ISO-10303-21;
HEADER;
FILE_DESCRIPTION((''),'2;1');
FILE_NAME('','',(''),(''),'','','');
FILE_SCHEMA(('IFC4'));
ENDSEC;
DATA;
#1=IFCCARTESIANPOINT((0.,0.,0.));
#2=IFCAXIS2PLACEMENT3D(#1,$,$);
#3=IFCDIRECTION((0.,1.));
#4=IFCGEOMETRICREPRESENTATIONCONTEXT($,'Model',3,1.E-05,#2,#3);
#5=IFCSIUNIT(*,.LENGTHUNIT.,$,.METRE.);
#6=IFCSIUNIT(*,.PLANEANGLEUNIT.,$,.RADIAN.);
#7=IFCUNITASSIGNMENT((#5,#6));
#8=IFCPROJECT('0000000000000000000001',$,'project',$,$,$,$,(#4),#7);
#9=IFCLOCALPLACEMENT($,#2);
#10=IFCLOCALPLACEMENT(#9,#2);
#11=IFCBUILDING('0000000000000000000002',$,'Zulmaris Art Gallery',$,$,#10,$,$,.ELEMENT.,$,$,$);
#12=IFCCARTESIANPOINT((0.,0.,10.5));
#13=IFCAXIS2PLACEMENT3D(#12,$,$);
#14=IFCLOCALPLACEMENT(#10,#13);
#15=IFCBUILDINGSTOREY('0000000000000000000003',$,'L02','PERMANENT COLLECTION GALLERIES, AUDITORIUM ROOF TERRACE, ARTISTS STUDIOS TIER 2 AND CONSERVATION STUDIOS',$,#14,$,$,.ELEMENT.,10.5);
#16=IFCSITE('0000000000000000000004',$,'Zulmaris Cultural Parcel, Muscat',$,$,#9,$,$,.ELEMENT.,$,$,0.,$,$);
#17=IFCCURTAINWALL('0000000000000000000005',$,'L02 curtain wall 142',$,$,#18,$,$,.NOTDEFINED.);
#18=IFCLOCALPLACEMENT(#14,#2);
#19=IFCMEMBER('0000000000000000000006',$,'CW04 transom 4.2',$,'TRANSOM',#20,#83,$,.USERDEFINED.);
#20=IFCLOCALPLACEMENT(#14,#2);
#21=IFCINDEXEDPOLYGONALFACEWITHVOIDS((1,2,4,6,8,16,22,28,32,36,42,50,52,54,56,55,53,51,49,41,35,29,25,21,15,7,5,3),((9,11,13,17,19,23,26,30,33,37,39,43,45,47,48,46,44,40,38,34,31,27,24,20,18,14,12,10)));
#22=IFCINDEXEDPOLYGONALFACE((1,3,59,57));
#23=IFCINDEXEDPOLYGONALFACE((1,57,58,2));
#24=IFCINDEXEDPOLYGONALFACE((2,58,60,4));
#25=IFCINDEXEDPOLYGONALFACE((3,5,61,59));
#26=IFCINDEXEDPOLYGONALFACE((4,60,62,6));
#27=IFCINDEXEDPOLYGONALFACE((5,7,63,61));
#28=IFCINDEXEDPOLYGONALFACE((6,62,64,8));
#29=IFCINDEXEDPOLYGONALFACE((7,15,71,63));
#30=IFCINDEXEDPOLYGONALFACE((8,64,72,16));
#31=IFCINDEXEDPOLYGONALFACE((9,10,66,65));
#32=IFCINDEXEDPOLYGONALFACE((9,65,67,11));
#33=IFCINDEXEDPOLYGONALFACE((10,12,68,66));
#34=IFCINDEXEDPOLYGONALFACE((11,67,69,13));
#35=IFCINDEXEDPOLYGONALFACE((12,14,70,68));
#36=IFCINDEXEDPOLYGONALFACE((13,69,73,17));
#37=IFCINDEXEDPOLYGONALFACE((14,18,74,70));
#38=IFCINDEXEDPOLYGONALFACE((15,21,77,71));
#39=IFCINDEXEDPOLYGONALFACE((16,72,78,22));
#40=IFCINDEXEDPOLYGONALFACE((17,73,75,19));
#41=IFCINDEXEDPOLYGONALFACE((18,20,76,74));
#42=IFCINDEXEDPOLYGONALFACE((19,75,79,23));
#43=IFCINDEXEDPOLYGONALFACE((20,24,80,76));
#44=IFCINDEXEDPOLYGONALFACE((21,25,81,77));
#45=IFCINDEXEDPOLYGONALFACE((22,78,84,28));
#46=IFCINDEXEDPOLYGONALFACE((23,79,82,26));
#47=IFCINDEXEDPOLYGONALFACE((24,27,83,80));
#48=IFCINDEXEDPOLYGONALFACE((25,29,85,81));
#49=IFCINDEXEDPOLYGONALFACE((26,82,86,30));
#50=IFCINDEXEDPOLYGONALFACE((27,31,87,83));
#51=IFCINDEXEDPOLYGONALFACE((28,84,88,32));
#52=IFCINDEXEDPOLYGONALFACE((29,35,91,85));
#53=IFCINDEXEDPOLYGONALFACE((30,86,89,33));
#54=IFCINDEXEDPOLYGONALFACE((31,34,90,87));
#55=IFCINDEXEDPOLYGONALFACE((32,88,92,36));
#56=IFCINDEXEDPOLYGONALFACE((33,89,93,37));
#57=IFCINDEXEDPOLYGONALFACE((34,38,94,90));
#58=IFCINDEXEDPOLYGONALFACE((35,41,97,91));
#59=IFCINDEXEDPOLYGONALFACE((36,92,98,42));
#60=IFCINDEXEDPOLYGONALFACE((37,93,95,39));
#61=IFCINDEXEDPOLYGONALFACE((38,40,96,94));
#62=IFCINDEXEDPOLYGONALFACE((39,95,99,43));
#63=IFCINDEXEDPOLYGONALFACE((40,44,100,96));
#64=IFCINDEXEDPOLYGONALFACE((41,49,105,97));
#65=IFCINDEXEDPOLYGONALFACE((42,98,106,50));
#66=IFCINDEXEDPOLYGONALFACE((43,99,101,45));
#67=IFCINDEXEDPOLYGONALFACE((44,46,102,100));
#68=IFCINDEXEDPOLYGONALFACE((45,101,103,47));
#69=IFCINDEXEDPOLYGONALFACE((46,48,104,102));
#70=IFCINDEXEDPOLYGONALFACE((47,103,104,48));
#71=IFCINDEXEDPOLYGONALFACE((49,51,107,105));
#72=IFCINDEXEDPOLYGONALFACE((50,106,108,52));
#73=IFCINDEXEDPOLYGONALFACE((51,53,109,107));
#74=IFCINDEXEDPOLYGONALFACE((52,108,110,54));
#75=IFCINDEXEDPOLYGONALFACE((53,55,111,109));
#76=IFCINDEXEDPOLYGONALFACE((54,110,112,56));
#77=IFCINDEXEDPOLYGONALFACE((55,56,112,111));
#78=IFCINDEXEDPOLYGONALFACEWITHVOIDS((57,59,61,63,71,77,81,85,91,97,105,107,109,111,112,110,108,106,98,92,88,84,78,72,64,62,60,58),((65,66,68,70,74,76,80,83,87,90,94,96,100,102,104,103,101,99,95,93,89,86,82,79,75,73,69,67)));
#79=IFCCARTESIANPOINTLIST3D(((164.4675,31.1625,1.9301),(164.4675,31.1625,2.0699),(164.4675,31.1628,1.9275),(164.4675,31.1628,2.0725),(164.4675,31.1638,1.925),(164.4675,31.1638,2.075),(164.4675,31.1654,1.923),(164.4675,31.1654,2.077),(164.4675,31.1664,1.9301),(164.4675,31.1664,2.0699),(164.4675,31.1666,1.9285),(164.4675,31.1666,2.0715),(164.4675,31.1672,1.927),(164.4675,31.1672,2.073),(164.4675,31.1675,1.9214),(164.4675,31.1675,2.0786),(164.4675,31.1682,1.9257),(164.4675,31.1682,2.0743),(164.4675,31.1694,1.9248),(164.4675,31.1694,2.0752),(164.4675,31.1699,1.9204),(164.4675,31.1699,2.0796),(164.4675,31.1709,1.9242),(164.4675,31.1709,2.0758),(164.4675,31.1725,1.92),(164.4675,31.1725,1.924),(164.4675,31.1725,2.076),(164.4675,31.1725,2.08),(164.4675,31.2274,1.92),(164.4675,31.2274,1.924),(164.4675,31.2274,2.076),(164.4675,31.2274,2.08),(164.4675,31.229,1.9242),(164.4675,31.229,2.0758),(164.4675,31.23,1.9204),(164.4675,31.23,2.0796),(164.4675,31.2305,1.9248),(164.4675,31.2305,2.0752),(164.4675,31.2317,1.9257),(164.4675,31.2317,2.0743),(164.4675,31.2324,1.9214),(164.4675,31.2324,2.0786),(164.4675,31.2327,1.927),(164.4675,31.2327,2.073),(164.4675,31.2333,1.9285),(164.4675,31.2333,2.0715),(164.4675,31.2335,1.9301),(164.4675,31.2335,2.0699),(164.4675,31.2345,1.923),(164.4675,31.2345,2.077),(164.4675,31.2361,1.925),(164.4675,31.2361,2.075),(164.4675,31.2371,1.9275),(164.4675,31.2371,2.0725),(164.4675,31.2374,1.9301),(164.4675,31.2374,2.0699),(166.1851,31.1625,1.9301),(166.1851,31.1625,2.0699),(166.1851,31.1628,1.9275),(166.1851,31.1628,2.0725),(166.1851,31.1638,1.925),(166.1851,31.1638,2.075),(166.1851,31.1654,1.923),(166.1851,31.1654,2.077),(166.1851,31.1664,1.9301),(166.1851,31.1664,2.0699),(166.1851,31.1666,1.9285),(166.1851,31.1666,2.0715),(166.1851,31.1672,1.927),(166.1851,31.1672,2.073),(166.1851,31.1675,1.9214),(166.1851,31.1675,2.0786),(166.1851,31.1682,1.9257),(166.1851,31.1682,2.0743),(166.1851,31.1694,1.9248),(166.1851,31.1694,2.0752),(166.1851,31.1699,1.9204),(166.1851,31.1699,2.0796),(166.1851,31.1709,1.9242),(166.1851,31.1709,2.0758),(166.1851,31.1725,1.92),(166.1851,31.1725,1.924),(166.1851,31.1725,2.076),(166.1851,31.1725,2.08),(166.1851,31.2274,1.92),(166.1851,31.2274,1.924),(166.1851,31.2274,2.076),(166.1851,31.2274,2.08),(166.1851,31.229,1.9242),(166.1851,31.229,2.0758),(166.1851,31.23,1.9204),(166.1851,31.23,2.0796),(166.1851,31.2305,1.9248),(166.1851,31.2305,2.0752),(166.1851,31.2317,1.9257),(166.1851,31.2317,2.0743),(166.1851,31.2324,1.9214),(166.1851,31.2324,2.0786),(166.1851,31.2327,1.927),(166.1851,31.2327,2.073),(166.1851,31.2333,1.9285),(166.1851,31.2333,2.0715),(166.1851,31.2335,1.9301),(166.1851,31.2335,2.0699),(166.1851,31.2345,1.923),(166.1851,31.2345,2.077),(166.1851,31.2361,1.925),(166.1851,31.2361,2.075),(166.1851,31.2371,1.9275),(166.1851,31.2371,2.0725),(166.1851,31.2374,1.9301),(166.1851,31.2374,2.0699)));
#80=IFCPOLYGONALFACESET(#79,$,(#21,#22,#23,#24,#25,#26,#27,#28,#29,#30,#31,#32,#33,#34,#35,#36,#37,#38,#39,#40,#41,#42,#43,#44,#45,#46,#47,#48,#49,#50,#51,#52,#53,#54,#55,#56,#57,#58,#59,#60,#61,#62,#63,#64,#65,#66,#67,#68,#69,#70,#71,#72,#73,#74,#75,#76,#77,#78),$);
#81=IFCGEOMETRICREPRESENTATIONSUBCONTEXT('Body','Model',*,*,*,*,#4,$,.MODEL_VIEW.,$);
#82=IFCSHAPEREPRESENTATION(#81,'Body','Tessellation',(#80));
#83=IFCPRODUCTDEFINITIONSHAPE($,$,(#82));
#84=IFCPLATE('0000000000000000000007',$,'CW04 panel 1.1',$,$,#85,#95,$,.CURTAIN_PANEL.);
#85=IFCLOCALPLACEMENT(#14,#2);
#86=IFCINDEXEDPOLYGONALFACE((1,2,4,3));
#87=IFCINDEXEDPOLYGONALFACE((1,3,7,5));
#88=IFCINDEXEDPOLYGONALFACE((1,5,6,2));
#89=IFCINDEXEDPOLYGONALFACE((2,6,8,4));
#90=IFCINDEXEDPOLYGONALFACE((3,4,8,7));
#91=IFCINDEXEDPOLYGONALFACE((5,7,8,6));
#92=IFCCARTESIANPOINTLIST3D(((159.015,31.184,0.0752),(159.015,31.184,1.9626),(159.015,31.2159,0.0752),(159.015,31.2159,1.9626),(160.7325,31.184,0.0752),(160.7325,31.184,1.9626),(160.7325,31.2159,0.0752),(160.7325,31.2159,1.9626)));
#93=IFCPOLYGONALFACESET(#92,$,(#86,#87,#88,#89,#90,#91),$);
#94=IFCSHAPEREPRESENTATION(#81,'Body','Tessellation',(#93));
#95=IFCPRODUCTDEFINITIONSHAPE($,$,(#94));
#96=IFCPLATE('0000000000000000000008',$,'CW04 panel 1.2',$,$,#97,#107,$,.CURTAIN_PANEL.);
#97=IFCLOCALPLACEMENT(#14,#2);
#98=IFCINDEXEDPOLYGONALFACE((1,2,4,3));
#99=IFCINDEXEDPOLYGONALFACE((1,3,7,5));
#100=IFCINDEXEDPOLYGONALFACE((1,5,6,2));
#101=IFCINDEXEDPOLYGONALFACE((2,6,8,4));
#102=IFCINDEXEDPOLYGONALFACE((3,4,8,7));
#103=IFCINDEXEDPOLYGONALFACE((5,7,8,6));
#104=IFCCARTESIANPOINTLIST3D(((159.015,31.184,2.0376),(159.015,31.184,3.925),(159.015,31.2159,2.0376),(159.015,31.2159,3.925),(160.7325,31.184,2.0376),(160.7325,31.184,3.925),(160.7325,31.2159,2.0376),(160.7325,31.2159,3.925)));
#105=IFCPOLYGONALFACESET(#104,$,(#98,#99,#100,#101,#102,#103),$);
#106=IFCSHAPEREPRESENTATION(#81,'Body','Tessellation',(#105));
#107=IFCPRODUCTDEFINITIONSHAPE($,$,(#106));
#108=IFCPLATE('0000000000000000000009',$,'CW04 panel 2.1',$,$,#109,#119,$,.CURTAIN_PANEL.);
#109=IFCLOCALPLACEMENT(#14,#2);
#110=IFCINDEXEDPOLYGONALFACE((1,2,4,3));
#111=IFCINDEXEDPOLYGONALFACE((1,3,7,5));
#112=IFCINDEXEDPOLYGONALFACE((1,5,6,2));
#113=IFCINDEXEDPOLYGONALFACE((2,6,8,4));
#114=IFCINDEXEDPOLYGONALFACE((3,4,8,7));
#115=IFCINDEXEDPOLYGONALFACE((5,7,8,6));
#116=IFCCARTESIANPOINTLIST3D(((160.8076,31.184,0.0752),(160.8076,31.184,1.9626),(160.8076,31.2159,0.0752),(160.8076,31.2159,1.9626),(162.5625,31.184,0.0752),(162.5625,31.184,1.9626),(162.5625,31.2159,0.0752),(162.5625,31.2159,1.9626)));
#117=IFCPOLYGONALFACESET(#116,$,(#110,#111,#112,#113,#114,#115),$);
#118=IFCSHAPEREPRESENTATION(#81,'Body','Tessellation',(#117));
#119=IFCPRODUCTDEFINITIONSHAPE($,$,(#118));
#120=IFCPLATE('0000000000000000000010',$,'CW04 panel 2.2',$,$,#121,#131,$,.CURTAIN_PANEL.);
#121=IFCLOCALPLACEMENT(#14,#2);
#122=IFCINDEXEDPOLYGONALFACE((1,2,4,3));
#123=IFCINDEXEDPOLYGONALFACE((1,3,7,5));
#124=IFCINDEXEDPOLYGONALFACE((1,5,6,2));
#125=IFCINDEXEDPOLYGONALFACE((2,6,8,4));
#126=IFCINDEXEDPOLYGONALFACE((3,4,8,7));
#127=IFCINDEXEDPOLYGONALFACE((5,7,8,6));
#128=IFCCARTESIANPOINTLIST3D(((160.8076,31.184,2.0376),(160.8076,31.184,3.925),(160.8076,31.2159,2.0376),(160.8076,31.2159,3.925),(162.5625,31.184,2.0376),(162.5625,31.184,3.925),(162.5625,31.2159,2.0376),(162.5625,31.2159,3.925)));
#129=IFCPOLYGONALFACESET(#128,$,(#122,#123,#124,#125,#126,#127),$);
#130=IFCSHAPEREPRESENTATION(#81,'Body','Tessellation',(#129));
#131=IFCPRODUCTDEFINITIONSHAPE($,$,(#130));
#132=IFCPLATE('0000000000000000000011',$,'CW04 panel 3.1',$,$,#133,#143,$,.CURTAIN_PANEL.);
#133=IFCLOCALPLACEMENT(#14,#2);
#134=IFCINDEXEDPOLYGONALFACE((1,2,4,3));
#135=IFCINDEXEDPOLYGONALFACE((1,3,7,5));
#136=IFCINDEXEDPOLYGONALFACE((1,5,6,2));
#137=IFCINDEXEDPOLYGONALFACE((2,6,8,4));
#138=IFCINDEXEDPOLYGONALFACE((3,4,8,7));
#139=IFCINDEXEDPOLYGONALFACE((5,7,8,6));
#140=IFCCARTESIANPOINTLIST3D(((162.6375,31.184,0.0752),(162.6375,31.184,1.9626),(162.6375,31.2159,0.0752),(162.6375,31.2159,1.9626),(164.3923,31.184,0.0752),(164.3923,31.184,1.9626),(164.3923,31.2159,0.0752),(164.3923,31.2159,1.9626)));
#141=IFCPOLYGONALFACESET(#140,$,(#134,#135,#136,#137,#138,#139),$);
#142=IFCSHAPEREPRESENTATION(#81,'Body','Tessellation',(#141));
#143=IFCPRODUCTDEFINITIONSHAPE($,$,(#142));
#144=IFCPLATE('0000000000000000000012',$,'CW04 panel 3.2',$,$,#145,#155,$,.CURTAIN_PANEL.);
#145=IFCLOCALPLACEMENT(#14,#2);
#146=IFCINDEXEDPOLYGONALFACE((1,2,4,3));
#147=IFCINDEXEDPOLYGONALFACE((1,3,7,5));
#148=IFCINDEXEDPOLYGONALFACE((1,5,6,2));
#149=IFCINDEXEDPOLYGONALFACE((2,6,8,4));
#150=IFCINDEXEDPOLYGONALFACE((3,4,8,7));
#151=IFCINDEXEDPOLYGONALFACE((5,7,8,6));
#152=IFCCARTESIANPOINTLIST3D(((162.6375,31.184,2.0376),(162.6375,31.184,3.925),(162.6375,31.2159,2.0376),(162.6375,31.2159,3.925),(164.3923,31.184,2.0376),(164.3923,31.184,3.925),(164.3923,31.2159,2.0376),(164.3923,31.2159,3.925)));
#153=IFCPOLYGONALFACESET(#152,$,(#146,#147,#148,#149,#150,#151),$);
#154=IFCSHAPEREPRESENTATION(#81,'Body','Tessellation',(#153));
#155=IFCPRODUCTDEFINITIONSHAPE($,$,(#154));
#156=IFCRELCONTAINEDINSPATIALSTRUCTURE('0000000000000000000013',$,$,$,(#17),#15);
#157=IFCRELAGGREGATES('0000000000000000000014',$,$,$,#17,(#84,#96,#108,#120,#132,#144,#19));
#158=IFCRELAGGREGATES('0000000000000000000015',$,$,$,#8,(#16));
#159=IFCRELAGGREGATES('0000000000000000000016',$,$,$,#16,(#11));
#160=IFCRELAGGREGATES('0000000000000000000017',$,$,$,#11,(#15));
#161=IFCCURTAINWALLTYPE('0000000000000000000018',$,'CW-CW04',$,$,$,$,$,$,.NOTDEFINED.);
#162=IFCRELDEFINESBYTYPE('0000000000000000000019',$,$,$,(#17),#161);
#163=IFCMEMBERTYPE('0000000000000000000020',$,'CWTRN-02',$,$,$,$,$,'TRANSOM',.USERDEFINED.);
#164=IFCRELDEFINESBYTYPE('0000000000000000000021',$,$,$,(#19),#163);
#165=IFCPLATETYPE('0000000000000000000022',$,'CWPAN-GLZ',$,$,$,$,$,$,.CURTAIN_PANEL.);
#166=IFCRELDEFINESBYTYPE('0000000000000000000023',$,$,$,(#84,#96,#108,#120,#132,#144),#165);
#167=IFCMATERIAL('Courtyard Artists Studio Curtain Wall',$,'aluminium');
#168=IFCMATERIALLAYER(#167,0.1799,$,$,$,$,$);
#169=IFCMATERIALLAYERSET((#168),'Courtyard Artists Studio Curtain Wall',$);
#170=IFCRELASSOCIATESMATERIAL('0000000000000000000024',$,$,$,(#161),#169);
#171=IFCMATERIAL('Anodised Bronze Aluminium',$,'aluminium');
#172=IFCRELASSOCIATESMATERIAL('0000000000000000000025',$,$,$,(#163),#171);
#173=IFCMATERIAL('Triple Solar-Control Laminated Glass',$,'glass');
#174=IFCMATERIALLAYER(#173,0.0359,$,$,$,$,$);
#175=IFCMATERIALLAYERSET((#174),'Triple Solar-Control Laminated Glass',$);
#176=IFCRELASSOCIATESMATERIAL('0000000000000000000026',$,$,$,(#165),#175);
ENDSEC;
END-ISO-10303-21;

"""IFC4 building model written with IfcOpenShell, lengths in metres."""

from ifc_helpers import new_model, si_unit, direction, frame, origin, origin_2d, place, context, subcontext, project, spatial, rectangle, hollow_rectangle, extrude, material, layer, layer_set, material_profile, profile_set, type_object, element, aggregate, save


model = new_model("IFC4")

# Units and contexts
model_context = context("Model", 3, precision=1e-05, world=origin(), true_north=direction((0.0, 1.0)))
body_context = subcontext(model_context, "Body", "Model", "MODEL_VIEW")
ifc_project = project(units=[si_unit("LENGTHUNIT", "METRE"), si_unit("PLANEANGLEUNIT", "RADIAN")], contexts=[model_context])

# Site, building, storey
site_placement = place(None, origin())
site = spatial("IfcSite", under=ifc_project, at=site_placement, Name="Zulmaris Cultural Parcel, Muscat", CompositionType="ELEMENT", RefElevation=0.0)
building_placement = place(site_placement, origin())
building = spatial("IfcBuilding", under=site, at=building_placement, Name="Zulmaris Art Gallery", CompositionType="ELEMENT")
storey_placement = place(building_placement, frame((0.0, 0.0, 10.5)))
storey = spatial("IfcBuildingStorey", under=building, at=storey_placement, Name="L02", Description="PERMANENT COLLECTION GALLERIES, AUDITORIUM ROOF TERRACE, ARTISTS STUDIOS TIER 2 AND CONSERVATION STUDIOS", CompositionType="ELEMENT", Elevation=10.5)

# Curtain wall, member, plates
ifc_material_1 = material(Name="Courtyard Artists Studio Curtain Wall", Category="aluminium")
ifc_layer_1 = layer(ifc_material_1, 0.1799)
ifc_layer_set_1 = layer_set([ifc_layer_1], Name="Courtyard Artists Studio Curtain Wall")
curtain_wall_type = type_object("IfcCurtainWallType", Name="CW-CW04", PredefinedType="NOTDEFINED", material=ifc_layer_set_1)
curtain_wall_placement = place(storey_placement, origin())
curtain_wall = element("IfcCurtainWall", 1, at=curtain_wall_placement, inside=storey, type_object=curtain_wall_type, Name="L02 curtain wall 142", PredefinedType="NOTDEFINED")
ifc_material_2 = material(Name="Anodised Bronze Aluminium", Category="aluminium")
ifc_material_profile_1 = material_profile(ifc_material_2, hollow_rectangle(XDim=0.075, YDim=0.1599, WallThickness=0.0039, InnerFilletRadius=0.0061, OuterFilletRadius=0.01, at=origin_2d()), Name="ALU 75x160x4")
ifc_profile_set_1 = profile_set([ifc_material_profile_1], Name="Anodised Bronze Aluminium")
member_type_1 = type_object("IfcMemberType", Name="CWTRN-02", ElementType="TRANSOM", PredefinedType="USERDEFINED", material=ifc_profile_set_1)
member_1_placement = place(storey_placement, frame((164.4675, 31.2, 2.0), z_axis=(1.0, 0.0, 0.0), x_axis=(0.0, 1.0, 0.0)))
member_1 = element("IfcMember", 2, at=member_1_placement, type_object=member_type_1, Name="CW04 transom 4.2", ObjectType="TRANSOM", PredefinedType="USERDEFINED", context=body_context, shape_type="SweptSolid", body=[
    extrude(hollow_rectangle(XDim=0.075, YDim=0.1599, WallThickness=0.0039, InnerFilletRadius=0.0061, OuterFilletRadius=0.01, at=origin_2d()), origin(), (0.0, 0.0, 1.0), 1.7175),
])
ifc_material_3 = material(Name="Triple Solar-Control Laminated Glass", Category="glass")
ifc_layer_2 = layer(ifc_material_3, 0.0359)
ifc_layer_set_2 = layer_set([ifc_layer_2], Name="Triple Solar-Control Laminated Glass")
plate_type = type_object("IfcPlateType", Name="CWPAN-GLZ", PredefinedType="CURTAIN_PANEL", material=ifc_layer_set_2)
plate_1_placement = place(storey_placement, frame((159.8738, 31.2, 0.0752), z_axis=(0.0, 0.0, 1.0), x_axis=(1.0, 0.0, 0.0)))
plate_1 = element("IfcPlate", 3, at=plate_1_placement, type_object=plate_type, Name="CW04 panel 1.1", PredefinedType="CURTAIN_PANEL", context=body_context, shape_type="SweptSolid", body=[
    extrude(rectangle(XDim=1.7175, YDim=0.032, at=origin_2d()), origin(), (0.0, 0.0, 1.0), 1.8875),
])
plate_2_placement = place(storey_placement, frame((159.8738, 31.2, 2.0376), z_axis=(0.0, 0.0, 1.0), x_axis=(1.0, 0.0, 0.0)))
plate_2 = element("IfcPlate", 4, at=plate_2_placement, type_object=plate_type, Name="CW04 panel 1.2", PredefinedType="CURTAIN_PANEL", context=body_context, shape_type="SweptSolid", body=[
    extrude(rectangle(XDim=1.7175, YDim=0.032, at=origin_2d()), origin(), (0.0, 0.0, 1.0), 1.8875),
])
plate_3_placement = place(storey_placement, frame((161.6851, 31.2, 0.0752), z_axis=(0.0, 0.0, 1.0), x_axis=(1.0, 0.0, 0.0)))
plate_3 = element("IfcPlate", 5, at=plate_3_placement, type_object=plate_type, Name="CW04 panel 2.1", PredefinedType="CURTAIN_PANEL", context=body_context, shape_type="SweptSolid", body=[
    extrude(rectangle(XDim=1.7549, YDim=0.032, at=origin_2d()), origin(), (0.0, 0.0, 1.0), 1.8875),
])
plate_4_placement = place(storey_placement, frame((161.6851, 31.2, 2.0376), z_axis=(0.0, 0.0, 1.0), x_axis=(1.0, 0.0, 0.0)))
plate_4 = element("IfcPlate", 6, at=plate_4_placement, type_object=plate_type, Name="CW04 panel 2.2", PredefinedType="CURTAIN_PANEL", context=body_context, shape_type="SweptSolid", body=[
    extrude(rectangle(XDim=1.7549, YDim=0.032, at=origin_2d()), origin(), (0.0, 0.0, 1.0), 1.8875),
])
plate_5_placement = place(storey_placement, frame((163.5149, 31.2, 0.0752), z_axis=(0.0, 0.0, 1.0), x_axis=(1.0, 0.0, 0.0)))
plate_5 = element("IfcPlate", 7, at=plate_5_placement, type_object=plate_type, Name="CW04 panel 3.1", PredefinedType="CURTAIN_PANEL", context=body_context, shape_type="SweptSolid", body=[
    extrude(rectangle(XDim=1.7549, YDim=0.032, at=origin_2d()), origin(), (0.0, 0.0, 1.0), 1.8875),
])
plate_6_placement = place(storey_placement, frame((163.5149, 31.2, 2.0376), z_axis=(0.0, 0.0, 1.0), x_axis=(1.0, 0.0, 0.0)))
plate_6 = element("IfcPlate", 8, at=plate_6_placement, type_object=plate_type, Name="CW04 panel 3.2", PredefinedType="CURTAIN_PANEL", context=body_context, shape_type="SweptSolid", body=[
    extrude(rectangle(XDim=1.7549, YDim=0.032, at=origin_2d()), origin(), (0.0, 0.0, 1.0), 1.8875),
])
aggregate(curtain_wall, [plate_1, plate_2, plate_3, plate_4, plate_5, plate_6, member_1])

save(model, "model.ifc")
